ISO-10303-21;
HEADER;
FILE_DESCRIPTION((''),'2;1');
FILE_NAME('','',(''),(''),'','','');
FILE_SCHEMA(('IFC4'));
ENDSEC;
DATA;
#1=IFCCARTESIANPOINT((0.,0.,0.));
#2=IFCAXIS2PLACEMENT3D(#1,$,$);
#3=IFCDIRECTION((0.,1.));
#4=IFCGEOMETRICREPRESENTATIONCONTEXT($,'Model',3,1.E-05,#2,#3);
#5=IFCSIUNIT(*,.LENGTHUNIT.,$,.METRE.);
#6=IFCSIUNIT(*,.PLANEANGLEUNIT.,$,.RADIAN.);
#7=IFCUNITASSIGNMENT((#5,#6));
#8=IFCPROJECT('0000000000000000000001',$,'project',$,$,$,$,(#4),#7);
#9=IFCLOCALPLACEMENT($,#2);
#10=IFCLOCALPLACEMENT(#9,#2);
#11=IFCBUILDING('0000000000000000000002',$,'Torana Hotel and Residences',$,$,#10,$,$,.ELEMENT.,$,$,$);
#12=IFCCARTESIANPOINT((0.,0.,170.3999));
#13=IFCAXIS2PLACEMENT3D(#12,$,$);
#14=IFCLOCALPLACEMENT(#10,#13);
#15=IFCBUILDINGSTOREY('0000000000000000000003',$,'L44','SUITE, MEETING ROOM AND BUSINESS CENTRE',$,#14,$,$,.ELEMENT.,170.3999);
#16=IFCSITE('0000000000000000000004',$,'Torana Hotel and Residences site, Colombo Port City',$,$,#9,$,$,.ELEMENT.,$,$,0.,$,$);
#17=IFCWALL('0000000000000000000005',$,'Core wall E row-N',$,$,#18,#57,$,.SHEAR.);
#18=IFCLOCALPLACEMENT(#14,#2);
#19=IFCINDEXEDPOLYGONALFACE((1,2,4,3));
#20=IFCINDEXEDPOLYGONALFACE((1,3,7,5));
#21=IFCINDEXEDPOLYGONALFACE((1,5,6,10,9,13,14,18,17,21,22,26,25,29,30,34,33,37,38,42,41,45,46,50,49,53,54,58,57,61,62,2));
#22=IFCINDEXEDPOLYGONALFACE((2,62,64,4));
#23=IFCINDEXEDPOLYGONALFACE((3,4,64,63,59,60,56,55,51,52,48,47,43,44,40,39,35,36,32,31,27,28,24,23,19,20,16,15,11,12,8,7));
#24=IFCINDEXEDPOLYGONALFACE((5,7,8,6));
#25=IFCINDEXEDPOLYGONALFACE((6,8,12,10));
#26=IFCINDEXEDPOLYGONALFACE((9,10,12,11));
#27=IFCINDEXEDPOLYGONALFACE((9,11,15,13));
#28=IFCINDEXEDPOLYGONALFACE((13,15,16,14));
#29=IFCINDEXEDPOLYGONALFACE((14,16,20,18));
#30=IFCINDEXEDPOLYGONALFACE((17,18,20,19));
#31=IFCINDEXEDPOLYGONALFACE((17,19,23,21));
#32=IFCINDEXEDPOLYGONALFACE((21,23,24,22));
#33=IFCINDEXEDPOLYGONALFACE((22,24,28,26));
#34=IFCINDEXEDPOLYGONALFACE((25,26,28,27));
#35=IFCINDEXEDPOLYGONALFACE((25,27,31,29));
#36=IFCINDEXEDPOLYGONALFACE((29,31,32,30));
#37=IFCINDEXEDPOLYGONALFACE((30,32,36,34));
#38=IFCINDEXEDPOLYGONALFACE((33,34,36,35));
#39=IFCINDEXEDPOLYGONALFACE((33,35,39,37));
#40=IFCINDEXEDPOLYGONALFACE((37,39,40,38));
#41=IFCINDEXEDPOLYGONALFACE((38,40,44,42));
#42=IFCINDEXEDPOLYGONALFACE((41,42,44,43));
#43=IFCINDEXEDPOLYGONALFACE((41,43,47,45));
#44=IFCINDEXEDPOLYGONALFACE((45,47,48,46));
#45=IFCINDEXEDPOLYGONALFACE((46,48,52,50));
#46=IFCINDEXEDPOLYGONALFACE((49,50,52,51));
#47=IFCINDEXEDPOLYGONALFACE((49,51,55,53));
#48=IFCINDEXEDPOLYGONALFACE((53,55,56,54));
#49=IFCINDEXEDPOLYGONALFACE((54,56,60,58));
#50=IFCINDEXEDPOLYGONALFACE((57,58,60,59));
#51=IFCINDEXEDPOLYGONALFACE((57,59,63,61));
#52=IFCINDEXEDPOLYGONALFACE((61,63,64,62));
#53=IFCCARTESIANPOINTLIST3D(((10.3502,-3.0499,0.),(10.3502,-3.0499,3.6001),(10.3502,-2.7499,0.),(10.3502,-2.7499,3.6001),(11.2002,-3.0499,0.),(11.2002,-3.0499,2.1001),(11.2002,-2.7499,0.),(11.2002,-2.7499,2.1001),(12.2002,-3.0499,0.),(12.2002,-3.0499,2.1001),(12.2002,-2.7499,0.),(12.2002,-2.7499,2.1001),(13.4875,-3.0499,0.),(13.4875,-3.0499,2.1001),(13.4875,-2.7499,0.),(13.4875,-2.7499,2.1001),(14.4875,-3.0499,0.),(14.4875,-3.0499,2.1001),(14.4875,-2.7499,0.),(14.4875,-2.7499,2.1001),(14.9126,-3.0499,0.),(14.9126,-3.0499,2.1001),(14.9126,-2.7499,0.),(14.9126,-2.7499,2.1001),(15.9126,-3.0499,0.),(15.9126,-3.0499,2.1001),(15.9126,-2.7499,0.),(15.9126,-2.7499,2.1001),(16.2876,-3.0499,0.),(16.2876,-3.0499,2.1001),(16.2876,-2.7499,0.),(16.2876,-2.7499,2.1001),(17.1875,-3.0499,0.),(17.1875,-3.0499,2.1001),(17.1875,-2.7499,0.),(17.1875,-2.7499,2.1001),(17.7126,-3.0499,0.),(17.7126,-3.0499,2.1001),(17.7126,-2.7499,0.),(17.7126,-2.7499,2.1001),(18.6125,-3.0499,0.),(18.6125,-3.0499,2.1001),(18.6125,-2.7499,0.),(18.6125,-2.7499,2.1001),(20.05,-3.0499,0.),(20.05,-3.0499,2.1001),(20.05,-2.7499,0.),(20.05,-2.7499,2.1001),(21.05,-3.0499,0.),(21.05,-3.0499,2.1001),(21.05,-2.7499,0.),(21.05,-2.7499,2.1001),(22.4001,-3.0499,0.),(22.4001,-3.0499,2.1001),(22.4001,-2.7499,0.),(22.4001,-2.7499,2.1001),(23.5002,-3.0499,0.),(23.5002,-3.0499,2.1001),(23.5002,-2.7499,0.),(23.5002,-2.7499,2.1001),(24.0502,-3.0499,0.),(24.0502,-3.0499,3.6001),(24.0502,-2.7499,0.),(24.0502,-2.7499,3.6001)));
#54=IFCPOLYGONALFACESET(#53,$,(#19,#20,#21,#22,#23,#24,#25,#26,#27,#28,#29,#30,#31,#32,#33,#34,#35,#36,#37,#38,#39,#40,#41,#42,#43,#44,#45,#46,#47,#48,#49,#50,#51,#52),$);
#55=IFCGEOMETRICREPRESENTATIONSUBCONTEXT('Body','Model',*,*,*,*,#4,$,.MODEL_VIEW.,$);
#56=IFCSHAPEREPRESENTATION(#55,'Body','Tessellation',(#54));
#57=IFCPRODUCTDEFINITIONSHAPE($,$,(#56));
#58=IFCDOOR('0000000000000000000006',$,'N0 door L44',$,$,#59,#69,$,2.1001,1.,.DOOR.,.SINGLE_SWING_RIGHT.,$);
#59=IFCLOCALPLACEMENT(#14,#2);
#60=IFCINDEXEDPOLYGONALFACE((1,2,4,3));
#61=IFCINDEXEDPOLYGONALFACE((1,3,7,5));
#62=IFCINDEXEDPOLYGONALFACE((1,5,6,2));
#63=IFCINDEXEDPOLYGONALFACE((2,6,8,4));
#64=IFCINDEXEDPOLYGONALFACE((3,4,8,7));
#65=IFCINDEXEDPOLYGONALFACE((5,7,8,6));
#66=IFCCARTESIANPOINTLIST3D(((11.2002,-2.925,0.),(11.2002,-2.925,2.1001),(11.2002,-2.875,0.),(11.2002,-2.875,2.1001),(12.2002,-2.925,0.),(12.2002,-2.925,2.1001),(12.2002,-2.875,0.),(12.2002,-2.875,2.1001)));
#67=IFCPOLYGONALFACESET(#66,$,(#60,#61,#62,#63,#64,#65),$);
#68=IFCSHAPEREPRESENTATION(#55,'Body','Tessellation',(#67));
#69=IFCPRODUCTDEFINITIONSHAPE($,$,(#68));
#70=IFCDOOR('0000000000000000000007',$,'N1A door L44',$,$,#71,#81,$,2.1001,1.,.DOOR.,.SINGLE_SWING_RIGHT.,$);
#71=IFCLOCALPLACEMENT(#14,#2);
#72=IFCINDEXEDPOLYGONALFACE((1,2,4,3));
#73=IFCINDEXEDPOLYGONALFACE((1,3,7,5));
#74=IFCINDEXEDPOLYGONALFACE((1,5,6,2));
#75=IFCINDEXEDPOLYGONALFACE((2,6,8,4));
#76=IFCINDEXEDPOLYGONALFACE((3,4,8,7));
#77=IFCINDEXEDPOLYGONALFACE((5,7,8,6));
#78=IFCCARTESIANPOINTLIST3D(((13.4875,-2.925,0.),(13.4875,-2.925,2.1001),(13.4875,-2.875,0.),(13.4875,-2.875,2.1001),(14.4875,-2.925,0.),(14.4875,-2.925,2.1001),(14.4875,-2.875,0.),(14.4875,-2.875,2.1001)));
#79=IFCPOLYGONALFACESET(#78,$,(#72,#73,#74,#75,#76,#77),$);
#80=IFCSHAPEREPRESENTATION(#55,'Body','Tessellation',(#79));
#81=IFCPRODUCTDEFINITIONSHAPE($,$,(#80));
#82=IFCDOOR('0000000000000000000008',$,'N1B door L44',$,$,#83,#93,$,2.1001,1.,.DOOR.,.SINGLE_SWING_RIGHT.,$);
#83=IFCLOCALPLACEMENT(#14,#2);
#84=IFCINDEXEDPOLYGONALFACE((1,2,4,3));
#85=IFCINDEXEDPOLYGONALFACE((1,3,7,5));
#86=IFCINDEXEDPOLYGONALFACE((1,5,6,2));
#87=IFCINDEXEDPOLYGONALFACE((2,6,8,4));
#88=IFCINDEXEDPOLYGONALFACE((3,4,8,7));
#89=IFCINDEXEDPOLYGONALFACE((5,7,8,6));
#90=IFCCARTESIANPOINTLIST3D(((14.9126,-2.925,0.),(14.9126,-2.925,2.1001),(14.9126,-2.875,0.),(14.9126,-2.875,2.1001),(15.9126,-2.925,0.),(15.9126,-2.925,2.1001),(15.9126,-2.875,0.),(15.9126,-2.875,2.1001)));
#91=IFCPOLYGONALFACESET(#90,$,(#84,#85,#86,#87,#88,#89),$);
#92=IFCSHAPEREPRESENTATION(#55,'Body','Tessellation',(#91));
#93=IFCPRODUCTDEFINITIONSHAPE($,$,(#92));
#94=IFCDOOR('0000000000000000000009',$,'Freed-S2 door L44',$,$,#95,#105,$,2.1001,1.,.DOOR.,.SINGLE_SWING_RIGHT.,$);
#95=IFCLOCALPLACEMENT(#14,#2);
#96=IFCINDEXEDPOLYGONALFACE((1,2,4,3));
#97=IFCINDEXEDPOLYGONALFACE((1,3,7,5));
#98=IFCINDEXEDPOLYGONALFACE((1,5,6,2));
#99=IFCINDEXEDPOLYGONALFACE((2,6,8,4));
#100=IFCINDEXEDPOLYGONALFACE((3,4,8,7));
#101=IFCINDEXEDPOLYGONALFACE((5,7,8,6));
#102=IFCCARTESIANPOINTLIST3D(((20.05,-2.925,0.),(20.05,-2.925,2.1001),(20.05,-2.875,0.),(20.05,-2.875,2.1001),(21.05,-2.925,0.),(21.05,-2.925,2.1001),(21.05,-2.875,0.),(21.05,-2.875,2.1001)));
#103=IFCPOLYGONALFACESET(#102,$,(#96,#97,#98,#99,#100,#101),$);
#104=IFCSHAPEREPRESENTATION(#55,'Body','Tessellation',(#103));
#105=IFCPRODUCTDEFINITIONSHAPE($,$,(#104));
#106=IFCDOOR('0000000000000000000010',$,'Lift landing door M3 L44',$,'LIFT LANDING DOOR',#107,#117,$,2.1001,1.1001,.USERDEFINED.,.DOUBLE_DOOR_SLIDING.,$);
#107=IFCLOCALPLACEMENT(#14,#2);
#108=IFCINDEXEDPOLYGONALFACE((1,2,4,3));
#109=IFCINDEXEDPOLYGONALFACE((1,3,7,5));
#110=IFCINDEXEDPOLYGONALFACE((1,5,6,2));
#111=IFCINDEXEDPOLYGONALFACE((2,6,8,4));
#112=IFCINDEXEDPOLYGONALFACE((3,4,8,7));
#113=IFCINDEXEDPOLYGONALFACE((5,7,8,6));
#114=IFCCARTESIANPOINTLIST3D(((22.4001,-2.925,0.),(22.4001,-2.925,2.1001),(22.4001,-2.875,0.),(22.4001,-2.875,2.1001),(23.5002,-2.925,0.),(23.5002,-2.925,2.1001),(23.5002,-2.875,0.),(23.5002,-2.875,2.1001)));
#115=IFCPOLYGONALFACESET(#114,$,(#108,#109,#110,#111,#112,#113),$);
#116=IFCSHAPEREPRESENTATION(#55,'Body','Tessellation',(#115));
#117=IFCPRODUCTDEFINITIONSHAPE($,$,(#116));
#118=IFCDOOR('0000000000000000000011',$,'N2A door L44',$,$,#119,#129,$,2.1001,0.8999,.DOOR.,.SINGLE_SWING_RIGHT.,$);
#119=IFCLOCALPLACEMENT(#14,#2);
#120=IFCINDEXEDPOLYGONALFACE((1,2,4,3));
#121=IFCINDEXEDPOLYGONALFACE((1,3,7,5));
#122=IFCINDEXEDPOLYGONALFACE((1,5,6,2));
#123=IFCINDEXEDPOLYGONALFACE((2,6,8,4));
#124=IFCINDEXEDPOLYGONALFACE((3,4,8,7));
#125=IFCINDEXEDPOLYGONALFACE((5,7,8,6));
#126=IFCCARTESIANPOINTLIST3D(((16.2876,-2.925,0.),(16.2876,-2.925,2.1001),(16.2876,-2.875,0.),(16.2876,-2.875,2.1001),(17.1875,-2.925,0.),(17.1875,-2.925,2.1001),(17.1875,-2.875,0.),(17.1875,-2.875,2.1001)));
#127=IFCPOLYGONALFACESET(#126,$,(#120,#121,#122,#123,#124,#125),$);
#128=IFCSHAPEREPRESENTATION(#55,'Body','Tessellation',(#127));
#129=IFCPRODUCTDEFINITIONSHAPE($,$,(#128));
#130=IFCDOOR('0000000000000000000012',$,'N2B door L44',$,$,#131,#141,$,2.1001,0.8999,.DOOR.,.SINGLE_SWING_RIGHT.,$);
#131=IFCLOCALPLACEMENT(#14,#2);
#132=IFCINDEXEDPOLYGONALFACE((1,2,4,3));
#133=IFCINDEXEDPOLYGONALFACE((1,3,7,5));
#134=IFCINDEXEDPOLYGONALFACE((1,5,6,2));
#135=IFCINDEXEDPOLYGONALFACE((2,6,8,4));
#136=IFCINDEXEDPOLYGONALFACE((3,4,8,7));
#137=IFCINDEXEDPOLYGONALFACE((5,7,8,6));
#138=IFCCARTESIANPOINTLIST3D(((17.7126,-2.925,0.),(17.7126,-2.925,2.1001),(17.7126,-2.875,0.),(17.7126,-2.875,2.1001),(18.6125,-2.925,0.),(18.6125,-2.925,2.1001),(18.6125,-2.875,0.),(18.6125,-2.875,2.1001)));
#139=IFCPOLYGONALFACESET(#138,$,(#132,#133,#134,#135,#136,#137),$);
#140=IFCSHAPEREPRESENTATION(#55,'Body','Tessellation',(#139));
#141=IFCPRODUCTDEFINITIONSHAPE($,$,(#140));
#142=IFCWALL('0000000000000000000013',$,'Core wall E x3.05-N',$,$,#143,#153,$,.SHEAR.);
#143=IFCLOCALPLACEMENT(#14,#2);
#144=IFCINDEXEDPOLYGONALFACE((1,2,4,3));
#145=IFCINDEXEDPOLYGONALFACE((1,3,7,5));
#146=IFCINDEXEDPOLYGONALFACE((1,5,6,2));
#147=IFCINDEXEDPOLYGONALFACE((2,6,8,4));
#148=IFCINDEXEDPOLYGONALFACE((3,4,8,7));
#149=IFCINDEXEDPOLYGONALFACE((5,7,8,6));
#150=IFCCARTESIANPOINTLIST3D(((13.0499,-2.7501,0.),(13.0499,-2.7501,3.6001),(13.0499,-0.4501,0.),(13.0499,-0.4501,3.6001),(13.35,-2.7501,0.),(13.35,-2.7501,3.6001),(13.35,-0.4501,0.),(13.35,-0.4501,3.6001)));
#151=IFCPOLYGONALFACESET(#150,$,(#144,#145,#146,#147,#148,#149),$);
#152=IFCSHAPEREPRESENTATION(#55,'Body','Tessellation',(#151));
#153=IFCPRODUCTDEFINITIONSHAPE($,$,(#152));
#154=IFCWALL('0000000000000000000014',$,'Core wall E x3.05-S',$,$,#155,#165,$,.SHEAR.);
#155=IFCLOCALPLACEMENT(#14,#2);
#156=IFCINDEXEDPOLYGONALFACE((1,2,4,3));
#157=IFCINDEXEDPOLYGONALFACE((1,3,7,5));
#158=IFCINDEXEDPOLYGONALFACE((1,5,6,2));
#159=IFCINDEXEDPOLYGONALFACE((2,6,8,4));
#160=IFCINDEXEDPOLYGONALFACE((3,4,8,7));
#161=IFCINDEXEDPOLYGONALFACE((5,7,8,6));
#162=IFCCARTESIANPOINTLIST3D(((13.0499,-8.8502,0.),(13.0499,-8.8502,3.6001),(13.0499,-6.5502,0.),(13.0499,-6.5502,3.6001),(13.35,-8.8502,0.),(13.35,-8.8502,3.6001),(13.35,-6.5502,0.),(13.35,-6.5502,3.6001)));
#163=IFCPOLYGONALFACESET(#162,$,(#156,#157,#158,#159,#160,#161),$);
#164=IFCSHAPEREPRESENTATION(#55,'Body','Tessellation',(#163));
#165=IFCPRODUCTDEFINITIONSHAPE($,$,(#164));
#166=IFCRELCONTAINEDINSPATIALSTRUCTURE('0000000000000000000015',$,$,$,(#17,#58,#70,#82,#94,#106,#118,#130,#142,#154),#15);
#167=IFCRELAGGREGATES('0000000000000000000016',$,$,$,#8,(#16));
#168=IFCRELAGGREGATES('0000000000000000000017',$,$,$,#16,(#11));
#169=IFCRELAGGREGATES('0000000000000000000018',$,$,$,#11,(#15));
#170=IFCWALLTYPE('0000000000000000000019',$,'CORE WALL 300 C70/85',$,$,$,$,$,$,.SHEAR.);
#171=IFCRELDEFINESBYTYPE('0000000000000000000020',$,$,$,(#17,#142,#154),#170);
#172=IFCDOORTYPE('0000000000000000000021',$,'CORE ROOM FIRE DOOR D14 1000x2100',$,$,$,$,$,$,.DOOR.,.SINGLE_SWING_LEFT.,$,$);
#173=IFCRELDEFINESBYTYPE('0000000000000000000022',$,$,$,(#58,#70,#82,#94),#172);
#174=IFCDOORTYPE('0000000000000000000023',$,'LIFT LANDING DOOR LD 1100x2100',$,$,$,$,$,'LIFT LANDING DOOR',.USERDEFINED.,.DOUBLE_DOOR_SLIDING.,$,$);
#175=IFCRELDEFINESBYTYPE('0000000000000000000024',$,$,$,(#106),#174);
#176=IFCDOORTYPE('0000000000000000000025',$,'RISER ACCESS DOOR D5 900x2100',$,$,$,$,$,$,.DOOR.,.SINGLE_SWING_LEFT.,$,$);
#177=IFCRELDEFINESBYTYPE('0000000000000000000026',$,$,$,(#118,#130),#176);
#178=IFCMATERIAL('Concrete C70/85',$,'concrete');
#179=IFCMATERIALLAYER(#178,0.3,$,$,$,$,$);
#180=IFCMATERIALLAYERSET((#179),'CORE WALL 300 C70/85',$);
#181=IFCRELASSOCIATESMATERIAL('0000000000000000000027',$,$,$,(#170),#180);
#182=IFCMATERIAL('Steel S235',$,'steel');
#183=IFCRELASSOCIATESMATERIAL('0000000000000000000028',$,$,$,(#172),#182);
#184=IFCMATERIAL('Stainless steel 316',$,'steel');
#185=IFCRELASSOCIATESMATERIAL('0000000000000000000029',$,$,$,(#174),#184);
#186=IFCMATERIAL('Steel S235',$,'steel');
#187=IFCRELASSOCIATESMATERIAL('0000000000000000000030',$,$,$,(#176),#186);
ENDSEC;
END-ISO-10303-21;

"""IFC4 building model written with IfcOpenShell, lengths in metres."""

from ifc_helpers import new_model, si_unit, direction, frame, frame_2d, origin, place, context, subcontext, project, spatial, rectangle, extrude, material, layer, layer_set, type_object, element, fill, save


model = new_model("IFC4")

# Units and contexts
model_context = context("Model", 3, precision=1e-05, world=origin(), true_north=direction((0.0, 1.0)))
body_context = subcontext(model_context, "Body", "Model", "MODEL_VIEW")
ifc_project = project(units=[si_unit("LENGTHUNIT", "METRE"), si_unit("PLANEANGLEUNIT", "RADIAN")], contexts=[model_context])

# Site, building, storey
site_placement = place(None, origin())
site = spatial("IfcSite", under=ifc_project, at=site_placement, Name="Torana Hotel and Residences site, Colombo Port City", CompositionType="ELEMENT", RefElevation=0.0)
building_placement = place(site_placement, origin())
building = spatial("IfcBuilding", under=site, at=building_placement, Name="Torana Hotel and Residences", CompositionType="ELEMENT")
storey_placement = place(building_placement, frame((0.0, 0.0, 170.3999)))
storey = spatial("IfcBuildingStorey", under=building, at=storey_placement, Name="L44", Description="SUITE, MEETING ROOM AND BUSINESS CENTRE", CompositionType="ELEMENT", Elevation=170.3999)

# Wall, openings, doors
ifc_material_1 = material(Name="Concrete C70/85", Category="concrete")
ifc_layer_1 = layer(ifc_material_1, 0.3)
ifc_layer_set_1 = layer_set([ifc_layer_1], Name="CORE WALL 300 C70/85")
wall_type_1 = type_object("IfcWallType", Name="CORE WALL 300 C70/85", PredefinedType="SHEAR", material=ifc_layer_set_1)
wall_placement = place(storey_placement, frame((10.3501, -2.8999, 0.0), z_axis=(0.0, 0.0, 1.0), x_axis=(1.0, 0.0, 0.0)))
wall = element("IfcWall", 1, at=wall_placement, inside=storey, type_object=wall_type_1, Name="Core wall E row-N", PredefinedType="SHEAR", context=body_context, shape_type="SweptSolid", body=[
    extrude(rectangle(XDim=13.7, YDim=0.3, at=frame_2d((6.8501, 0.0))), origin(), (0.0, 0.0, 1.0), 3.6001),
])
opening_1_placement = place(wall_placement, frame((12.05, 0.0, 0.0)))
opening_1 = element("IfcOpeningElement", 2, at=opening_1_placement, cuts=wall, PredefinedType="OPENING", context=body_context, shape_type="SweptSolid", body=[
    extrude(rectangle(XDim=1.1001, YDim=2.1001, at=frame_2d((0.55, 1.05))), frame((0.0, 0.1599, 0.0), z_axis=(0.0, -1.0, 0.0), x_axis=(1.0, 0.0, 0.0)), (0.0, 0.0, 1.0), 0.3201),
])
opening_2_placement = place(wall_placement, frame((5.9375, 0.0, 0.0)))
opening_2 = element("IfcOpeningElement", 3, at=opening_2_placement, cuts=wall, PredefinedType="OPENING", context=body_context, shape_type="SweptSolid", body=[
    extrude(rectangle(XDim=0.8999, YDim=2.1001, at=frame_2d((0.45, 1.05))), frame((0.0, 0.1599, 0.0), z_axis=(0.0, -1.0, 0.0), x_axis=(1.0, 0.0, 0.0)), (0.0, 0.0, 1.0), 0.3201),
])
opening_3_placement = place(wall_placement, frame((7.3625, 0.0, 0.0)))
opening_3 = element("IfcOpeningElement", 4, at=opening_3_placement, cuts=wall, PredefinedType="OPENING", context=body_context, shape_type="SweptSolid", body=[
    extrude(rectangle(XDim=0.8999, YDim=2.1001, at=frame_2d((0.45, 1.05))), frame((0.0, 0.1599, 0.0), z_axis=(0.0, -1.0, 0.0), x_axis=(1.0, 0.0, 0.0)), (0.0, 0.0, 1.0), 0.3201),
])
opening_4_placement = place(wall_placement, frame((0.8501, 0.0, 0.0)))
opening_4 = element("IfcOpeningElement", 5, at=opening_4_placement, cuts=wall, PredefinedType="OPENING", context=body_context, shape_type="SweptSolid", body=[
    extrude(rectangle(XDim=1.0, YDim=2.1001, at=frame_2d((0.5, 1.05))), frame((0.0, 0.1599, 0.0), z_axis=(0.0, -1.0, 0.0), x_axis=(1.0, 0.0, 0.0)), (0.0, 0.0, 1.0), 0.3201),
])
opening_5_placement = place(wall_placement, frame((3.1375, 0.0, 0.0)))
opening_5 = element("IfcOpeningElement", 6, at=opening_5_placement, cuts=wall, PredefinedType="OPENING", context=body_context, shape_type="SweptSolid", body=[
    extrude(rectangle(XDim=1.0, YDim=2.1001, at=frame_2d((0.5, 1.05))), frame((0.0, 0.1599, 0.0), z_axis=(0.0, -1.0, 0.0), x_axis=(1.0, 0.0, 0.0)), (0.0, 0.0, 1.0), 0.3201),
])
opening_6_placement = place(wall_placement, frame((4.5625, 0.0, 0.0)))
opening_6 = element("IfcOpeningElement", 7, at=opening_6_placement, cuts=wall, PredefinedType="OPENING", context=body_context, shape_type="SweptSolid", body=[
    extrude(rectangle(XDim=1.0, YDim=2.1001, at=frame_2d((0.5, 1.05))), frame((0.0, 0.1599, 0.0), z_axis=(0.0, -1.0, 0.0), x_axis=(1.0, 0.0, 0.0)), (0.0, 0.0, 1.0), 0.3201),
])
opening_7_placement = place(wall_placement, frame((9.7, 0.0, 0.0)))
opening_7 = element("IfcOpeningElement", 8, at=opening_7_placement, cuts=wall, PredefinedType="OPENING", context=body_context, shape_type="SweptSolid", body=[
    extrude(rectangle(XDim=1.0, YDim=2.1001, at=frame_2d((0.5, 1.05))), frame((0.0, 0.1599, 0.0), z_axis=(0.0, -1.0, 0.0), x_axis=(1.0, 0.0, 0.0)), (0.0, 0.0, 1.0), 0.3201),
])
ifc_material_2 = material(Name="Steel S235", Category="steel")
door_type_1 = type_object("IfcDoorType", Name="CORE ROOM FIRE DOOR D14 1000x2100", OperationType="SINGLE_SWING_LEFT", PredefinedType="DOOR", material=ifc_material_2)
door_1_placement = place(opening_4_placement, origin())
door_1 = element("IfcDoor", 9, at=door_1_placement, inside=storey, type_object=door_type_1, Name="N0 door L44", OperationType="SINGLE_SWING_RIGHT", OverallHeight=2.1001, OverallWidth=1.0, PredefinedType="DOOR", context=body_context, shape_type="SweptSolid", body=[
    extrude(rectangle(XDim=1.0, YDim=2.1001, at=frame_2d((0.5, 1.05))), frame((0.0, 0.0249, 0.0), z_axis=(0.0, -1.0, 0.0), x_axis=(1.0, 0.0, 0.0)), (0.0, 0.0, 1.0), 0.05),
])
fill(opening_4, door_1)
door_2_placement = place(opening_5_placement, origin())
door_2 = element("IfcDoor", 10, at=door_2_placement, inside=storey, type_object=door_type_1, Name="N1A door L44", OperationType="SINGLE_SWING_RIGHT", OverallHeight=2.1001, OverallWidth=1.0, PredefinedType="DOOR", context=body_context, shape_type="SweptSolid", body=[
    extrude(rectangle(XDim=1.0, YDim=2.1001, at=frame_2d((0.5, 1.05))), frame((0.0, 0.0249, 0.0), z_axis=(0.0, -1.0, 0.0), x_axis=(1.0, 0.0, 0.0)), (0.0, 0.0, 1.0), 0.05),
])
fill(opening_5, door_2)
door_3_placement = place(opening_6_placement, origin())
door_3 = element("IfcDoor", 11, at=door_3_placement, inside=storey, type_object=door_type_1, Name="N1B door L44", OperationType="SINGLE_SWING_RIGHT", OverallHeight=2.1001, OverallWidth=1.0, PredefinedType="DOOR", context=body_context, shape_type="SweptSolid", body=[
    extrude(rectangle(XDim=1.0, YDim=2.1001, at=frame_2d((0.5, 1.05))), frame((0.0, 0.0249, 0.0), z_axis=(0.0, -1.0, 0.0), x_axis=(1.0, 0.0, 0.0)), (0.0, 0.0, 1.0), 0.05),
])
fill(opening_6, door_3)
door_4_placement = place(opening_7_placement, origin())
door_4 = element("IfcDoor", 12, at=door_4_placement, inside=storey, type_object=door_type_1, Name="Freed-S2 door L44", OperationType="SINGLE_SWING_RIGHT", OverallHeight=2.1001, OverallWidth=1.0, PredefinedType="DOOR", context=body_context, shape_type="SweptSolid", body=[
    extrude(rectangle(XDim=1.0, YDim=2.1001, at=frame_2d((0.5, 1.05))), frame((0.0, 0.0249, 0.0), z_axis=(0.0, -1.0, 0.0), x_axis=(1.0, 0.0, 0.0)), (0.0, 0.0, 1.0), 0.05),
])
fill(opening_7, door_4)
ifc_material_3 = material(Name="Stainless steel 316", Category="steel")
door_type_2 = type_object("IfcDoorType", Name="LIFT LANDING DOOR LD 1100x2100", ElementType="LIFT LANDING DOOR", OperationType="DOUBLE_DOOR_SLIDING", PredefinedType="USERDEFINED", material=ifc_material_3)
door_5_placement = place(opening_1_placement, origin())
door_5 = element("IfcDoor", 13, at=door_5_placement, inside=storey, type_object=door_type_2, Name="Lift landing door M3 L44", ObjectType="LIFT LANDING DOOR", OperationType="DOUBLE_DOOR_SLIDING", OverallHeight=2.1001, OverallWidth=1.1001, PredefinedType="USERDEFINED", context=body_context, shape_type="SweptSolid", body=[
    extrude(rectangle(XDim=1.1001, YDim=2.1001, at=frame_2d((0.55, 1.05))), frame((0.0, 0.0249, 0.0), z_axis=(0.0, -1.0, 0.0), x_axis=(1.0, 0.0, 0.0)), (0.0, 0.0, 1.0), 0.05),
])
fill(opening_1, door_5)
ifc_material_4 = material(Name="Steel S235", Category="steel")
door_type_3 = type_object("IfcDoorType", Name="RISER ACCESS DOOR D5 900x2100", OperationType="SINGLE_SWING_LEFT", PredefinedType="DOOR", material=ifc_material_4)
door_6_placement = place(opening_2_placement, origin())
door_6 = element("IfcDoor", 14, at=door_6_placement, inside=storey, type_object=door_type_3, Name="N2A door L44", OperationType="SINGLE_SWING_RIGHT", OverallHeight=2.1001, OverallWidth=0.8999, PredefinedType="DOOR", context=body_context, shape_type="SweptSolid", body=[
    extrude(rectangle(XDim=0.8999, YDim=2.1001, at=frame_2d((0.45, 1.05))), frame((0.0, 0.0249, 0.0), z_axis=(0.0, -1.0, 0.0), x_axis=(1.0, 0.0, 0.0)), (0.0, 0.0, 1.0), 0.05),
])
fill(opening_2, door_6)
door_7_placement = place(opening_3_placement, origin())
door_7 = element("IfcDoor", 15, at=door_7_placement, inside=storey, type_object=door_type_3, Name="N2B door L44", OperationType="SINGLE_SWING_RIGHT", OverallHeight=2.1001, OverallWidth=0.8999, PredefinedType="DOOR", context=body_context, shape_type="SweptSolid", body=[
    extrude(rectangle(XDim=0.8999, YDim=2.1001, at=frame_2d((0.45, 1.05))), frame((0.0, 0.0249, 0.0), z_axis=(0.0, -1.0, 0.0), x_axis=(1.0, 0.0, 0.0)), (0.0, 0.0, 1.0), 0.05),
])
fill(opening_3, door_7)

# Walls
for number, where, z_axis, x_axis, name in (
    (16, (13.2, -2.75, 0.0), (0.0, 0.0, 1.0), (0.0, 1.0, 0.0), "Core wall E x3.05-N"),
    (17, (13.2, -8.8501, 0.0), (0.0, 0.0, 1.0), (0.0, 1.0, 0.0), "Core wall E x3.05-S"),
):
    element("IfcWall", number, at=place(storey_placement, frame(where, z_axis=z_axis, x_axis=x_axis)), inside=storey, type_object=wall_type_1, Name=name, PredefinedType="SHEAR", context=body_context, shape_type="SweptSolid", body=[
        extrude(rectangle(XDim=2.3, YDim=0.3, at=frame_2d((1.1499, 0.0))), origin(), (0.0, 0.0, 1.0), 3.6001),
    ])

save(model, "model.ifc")
